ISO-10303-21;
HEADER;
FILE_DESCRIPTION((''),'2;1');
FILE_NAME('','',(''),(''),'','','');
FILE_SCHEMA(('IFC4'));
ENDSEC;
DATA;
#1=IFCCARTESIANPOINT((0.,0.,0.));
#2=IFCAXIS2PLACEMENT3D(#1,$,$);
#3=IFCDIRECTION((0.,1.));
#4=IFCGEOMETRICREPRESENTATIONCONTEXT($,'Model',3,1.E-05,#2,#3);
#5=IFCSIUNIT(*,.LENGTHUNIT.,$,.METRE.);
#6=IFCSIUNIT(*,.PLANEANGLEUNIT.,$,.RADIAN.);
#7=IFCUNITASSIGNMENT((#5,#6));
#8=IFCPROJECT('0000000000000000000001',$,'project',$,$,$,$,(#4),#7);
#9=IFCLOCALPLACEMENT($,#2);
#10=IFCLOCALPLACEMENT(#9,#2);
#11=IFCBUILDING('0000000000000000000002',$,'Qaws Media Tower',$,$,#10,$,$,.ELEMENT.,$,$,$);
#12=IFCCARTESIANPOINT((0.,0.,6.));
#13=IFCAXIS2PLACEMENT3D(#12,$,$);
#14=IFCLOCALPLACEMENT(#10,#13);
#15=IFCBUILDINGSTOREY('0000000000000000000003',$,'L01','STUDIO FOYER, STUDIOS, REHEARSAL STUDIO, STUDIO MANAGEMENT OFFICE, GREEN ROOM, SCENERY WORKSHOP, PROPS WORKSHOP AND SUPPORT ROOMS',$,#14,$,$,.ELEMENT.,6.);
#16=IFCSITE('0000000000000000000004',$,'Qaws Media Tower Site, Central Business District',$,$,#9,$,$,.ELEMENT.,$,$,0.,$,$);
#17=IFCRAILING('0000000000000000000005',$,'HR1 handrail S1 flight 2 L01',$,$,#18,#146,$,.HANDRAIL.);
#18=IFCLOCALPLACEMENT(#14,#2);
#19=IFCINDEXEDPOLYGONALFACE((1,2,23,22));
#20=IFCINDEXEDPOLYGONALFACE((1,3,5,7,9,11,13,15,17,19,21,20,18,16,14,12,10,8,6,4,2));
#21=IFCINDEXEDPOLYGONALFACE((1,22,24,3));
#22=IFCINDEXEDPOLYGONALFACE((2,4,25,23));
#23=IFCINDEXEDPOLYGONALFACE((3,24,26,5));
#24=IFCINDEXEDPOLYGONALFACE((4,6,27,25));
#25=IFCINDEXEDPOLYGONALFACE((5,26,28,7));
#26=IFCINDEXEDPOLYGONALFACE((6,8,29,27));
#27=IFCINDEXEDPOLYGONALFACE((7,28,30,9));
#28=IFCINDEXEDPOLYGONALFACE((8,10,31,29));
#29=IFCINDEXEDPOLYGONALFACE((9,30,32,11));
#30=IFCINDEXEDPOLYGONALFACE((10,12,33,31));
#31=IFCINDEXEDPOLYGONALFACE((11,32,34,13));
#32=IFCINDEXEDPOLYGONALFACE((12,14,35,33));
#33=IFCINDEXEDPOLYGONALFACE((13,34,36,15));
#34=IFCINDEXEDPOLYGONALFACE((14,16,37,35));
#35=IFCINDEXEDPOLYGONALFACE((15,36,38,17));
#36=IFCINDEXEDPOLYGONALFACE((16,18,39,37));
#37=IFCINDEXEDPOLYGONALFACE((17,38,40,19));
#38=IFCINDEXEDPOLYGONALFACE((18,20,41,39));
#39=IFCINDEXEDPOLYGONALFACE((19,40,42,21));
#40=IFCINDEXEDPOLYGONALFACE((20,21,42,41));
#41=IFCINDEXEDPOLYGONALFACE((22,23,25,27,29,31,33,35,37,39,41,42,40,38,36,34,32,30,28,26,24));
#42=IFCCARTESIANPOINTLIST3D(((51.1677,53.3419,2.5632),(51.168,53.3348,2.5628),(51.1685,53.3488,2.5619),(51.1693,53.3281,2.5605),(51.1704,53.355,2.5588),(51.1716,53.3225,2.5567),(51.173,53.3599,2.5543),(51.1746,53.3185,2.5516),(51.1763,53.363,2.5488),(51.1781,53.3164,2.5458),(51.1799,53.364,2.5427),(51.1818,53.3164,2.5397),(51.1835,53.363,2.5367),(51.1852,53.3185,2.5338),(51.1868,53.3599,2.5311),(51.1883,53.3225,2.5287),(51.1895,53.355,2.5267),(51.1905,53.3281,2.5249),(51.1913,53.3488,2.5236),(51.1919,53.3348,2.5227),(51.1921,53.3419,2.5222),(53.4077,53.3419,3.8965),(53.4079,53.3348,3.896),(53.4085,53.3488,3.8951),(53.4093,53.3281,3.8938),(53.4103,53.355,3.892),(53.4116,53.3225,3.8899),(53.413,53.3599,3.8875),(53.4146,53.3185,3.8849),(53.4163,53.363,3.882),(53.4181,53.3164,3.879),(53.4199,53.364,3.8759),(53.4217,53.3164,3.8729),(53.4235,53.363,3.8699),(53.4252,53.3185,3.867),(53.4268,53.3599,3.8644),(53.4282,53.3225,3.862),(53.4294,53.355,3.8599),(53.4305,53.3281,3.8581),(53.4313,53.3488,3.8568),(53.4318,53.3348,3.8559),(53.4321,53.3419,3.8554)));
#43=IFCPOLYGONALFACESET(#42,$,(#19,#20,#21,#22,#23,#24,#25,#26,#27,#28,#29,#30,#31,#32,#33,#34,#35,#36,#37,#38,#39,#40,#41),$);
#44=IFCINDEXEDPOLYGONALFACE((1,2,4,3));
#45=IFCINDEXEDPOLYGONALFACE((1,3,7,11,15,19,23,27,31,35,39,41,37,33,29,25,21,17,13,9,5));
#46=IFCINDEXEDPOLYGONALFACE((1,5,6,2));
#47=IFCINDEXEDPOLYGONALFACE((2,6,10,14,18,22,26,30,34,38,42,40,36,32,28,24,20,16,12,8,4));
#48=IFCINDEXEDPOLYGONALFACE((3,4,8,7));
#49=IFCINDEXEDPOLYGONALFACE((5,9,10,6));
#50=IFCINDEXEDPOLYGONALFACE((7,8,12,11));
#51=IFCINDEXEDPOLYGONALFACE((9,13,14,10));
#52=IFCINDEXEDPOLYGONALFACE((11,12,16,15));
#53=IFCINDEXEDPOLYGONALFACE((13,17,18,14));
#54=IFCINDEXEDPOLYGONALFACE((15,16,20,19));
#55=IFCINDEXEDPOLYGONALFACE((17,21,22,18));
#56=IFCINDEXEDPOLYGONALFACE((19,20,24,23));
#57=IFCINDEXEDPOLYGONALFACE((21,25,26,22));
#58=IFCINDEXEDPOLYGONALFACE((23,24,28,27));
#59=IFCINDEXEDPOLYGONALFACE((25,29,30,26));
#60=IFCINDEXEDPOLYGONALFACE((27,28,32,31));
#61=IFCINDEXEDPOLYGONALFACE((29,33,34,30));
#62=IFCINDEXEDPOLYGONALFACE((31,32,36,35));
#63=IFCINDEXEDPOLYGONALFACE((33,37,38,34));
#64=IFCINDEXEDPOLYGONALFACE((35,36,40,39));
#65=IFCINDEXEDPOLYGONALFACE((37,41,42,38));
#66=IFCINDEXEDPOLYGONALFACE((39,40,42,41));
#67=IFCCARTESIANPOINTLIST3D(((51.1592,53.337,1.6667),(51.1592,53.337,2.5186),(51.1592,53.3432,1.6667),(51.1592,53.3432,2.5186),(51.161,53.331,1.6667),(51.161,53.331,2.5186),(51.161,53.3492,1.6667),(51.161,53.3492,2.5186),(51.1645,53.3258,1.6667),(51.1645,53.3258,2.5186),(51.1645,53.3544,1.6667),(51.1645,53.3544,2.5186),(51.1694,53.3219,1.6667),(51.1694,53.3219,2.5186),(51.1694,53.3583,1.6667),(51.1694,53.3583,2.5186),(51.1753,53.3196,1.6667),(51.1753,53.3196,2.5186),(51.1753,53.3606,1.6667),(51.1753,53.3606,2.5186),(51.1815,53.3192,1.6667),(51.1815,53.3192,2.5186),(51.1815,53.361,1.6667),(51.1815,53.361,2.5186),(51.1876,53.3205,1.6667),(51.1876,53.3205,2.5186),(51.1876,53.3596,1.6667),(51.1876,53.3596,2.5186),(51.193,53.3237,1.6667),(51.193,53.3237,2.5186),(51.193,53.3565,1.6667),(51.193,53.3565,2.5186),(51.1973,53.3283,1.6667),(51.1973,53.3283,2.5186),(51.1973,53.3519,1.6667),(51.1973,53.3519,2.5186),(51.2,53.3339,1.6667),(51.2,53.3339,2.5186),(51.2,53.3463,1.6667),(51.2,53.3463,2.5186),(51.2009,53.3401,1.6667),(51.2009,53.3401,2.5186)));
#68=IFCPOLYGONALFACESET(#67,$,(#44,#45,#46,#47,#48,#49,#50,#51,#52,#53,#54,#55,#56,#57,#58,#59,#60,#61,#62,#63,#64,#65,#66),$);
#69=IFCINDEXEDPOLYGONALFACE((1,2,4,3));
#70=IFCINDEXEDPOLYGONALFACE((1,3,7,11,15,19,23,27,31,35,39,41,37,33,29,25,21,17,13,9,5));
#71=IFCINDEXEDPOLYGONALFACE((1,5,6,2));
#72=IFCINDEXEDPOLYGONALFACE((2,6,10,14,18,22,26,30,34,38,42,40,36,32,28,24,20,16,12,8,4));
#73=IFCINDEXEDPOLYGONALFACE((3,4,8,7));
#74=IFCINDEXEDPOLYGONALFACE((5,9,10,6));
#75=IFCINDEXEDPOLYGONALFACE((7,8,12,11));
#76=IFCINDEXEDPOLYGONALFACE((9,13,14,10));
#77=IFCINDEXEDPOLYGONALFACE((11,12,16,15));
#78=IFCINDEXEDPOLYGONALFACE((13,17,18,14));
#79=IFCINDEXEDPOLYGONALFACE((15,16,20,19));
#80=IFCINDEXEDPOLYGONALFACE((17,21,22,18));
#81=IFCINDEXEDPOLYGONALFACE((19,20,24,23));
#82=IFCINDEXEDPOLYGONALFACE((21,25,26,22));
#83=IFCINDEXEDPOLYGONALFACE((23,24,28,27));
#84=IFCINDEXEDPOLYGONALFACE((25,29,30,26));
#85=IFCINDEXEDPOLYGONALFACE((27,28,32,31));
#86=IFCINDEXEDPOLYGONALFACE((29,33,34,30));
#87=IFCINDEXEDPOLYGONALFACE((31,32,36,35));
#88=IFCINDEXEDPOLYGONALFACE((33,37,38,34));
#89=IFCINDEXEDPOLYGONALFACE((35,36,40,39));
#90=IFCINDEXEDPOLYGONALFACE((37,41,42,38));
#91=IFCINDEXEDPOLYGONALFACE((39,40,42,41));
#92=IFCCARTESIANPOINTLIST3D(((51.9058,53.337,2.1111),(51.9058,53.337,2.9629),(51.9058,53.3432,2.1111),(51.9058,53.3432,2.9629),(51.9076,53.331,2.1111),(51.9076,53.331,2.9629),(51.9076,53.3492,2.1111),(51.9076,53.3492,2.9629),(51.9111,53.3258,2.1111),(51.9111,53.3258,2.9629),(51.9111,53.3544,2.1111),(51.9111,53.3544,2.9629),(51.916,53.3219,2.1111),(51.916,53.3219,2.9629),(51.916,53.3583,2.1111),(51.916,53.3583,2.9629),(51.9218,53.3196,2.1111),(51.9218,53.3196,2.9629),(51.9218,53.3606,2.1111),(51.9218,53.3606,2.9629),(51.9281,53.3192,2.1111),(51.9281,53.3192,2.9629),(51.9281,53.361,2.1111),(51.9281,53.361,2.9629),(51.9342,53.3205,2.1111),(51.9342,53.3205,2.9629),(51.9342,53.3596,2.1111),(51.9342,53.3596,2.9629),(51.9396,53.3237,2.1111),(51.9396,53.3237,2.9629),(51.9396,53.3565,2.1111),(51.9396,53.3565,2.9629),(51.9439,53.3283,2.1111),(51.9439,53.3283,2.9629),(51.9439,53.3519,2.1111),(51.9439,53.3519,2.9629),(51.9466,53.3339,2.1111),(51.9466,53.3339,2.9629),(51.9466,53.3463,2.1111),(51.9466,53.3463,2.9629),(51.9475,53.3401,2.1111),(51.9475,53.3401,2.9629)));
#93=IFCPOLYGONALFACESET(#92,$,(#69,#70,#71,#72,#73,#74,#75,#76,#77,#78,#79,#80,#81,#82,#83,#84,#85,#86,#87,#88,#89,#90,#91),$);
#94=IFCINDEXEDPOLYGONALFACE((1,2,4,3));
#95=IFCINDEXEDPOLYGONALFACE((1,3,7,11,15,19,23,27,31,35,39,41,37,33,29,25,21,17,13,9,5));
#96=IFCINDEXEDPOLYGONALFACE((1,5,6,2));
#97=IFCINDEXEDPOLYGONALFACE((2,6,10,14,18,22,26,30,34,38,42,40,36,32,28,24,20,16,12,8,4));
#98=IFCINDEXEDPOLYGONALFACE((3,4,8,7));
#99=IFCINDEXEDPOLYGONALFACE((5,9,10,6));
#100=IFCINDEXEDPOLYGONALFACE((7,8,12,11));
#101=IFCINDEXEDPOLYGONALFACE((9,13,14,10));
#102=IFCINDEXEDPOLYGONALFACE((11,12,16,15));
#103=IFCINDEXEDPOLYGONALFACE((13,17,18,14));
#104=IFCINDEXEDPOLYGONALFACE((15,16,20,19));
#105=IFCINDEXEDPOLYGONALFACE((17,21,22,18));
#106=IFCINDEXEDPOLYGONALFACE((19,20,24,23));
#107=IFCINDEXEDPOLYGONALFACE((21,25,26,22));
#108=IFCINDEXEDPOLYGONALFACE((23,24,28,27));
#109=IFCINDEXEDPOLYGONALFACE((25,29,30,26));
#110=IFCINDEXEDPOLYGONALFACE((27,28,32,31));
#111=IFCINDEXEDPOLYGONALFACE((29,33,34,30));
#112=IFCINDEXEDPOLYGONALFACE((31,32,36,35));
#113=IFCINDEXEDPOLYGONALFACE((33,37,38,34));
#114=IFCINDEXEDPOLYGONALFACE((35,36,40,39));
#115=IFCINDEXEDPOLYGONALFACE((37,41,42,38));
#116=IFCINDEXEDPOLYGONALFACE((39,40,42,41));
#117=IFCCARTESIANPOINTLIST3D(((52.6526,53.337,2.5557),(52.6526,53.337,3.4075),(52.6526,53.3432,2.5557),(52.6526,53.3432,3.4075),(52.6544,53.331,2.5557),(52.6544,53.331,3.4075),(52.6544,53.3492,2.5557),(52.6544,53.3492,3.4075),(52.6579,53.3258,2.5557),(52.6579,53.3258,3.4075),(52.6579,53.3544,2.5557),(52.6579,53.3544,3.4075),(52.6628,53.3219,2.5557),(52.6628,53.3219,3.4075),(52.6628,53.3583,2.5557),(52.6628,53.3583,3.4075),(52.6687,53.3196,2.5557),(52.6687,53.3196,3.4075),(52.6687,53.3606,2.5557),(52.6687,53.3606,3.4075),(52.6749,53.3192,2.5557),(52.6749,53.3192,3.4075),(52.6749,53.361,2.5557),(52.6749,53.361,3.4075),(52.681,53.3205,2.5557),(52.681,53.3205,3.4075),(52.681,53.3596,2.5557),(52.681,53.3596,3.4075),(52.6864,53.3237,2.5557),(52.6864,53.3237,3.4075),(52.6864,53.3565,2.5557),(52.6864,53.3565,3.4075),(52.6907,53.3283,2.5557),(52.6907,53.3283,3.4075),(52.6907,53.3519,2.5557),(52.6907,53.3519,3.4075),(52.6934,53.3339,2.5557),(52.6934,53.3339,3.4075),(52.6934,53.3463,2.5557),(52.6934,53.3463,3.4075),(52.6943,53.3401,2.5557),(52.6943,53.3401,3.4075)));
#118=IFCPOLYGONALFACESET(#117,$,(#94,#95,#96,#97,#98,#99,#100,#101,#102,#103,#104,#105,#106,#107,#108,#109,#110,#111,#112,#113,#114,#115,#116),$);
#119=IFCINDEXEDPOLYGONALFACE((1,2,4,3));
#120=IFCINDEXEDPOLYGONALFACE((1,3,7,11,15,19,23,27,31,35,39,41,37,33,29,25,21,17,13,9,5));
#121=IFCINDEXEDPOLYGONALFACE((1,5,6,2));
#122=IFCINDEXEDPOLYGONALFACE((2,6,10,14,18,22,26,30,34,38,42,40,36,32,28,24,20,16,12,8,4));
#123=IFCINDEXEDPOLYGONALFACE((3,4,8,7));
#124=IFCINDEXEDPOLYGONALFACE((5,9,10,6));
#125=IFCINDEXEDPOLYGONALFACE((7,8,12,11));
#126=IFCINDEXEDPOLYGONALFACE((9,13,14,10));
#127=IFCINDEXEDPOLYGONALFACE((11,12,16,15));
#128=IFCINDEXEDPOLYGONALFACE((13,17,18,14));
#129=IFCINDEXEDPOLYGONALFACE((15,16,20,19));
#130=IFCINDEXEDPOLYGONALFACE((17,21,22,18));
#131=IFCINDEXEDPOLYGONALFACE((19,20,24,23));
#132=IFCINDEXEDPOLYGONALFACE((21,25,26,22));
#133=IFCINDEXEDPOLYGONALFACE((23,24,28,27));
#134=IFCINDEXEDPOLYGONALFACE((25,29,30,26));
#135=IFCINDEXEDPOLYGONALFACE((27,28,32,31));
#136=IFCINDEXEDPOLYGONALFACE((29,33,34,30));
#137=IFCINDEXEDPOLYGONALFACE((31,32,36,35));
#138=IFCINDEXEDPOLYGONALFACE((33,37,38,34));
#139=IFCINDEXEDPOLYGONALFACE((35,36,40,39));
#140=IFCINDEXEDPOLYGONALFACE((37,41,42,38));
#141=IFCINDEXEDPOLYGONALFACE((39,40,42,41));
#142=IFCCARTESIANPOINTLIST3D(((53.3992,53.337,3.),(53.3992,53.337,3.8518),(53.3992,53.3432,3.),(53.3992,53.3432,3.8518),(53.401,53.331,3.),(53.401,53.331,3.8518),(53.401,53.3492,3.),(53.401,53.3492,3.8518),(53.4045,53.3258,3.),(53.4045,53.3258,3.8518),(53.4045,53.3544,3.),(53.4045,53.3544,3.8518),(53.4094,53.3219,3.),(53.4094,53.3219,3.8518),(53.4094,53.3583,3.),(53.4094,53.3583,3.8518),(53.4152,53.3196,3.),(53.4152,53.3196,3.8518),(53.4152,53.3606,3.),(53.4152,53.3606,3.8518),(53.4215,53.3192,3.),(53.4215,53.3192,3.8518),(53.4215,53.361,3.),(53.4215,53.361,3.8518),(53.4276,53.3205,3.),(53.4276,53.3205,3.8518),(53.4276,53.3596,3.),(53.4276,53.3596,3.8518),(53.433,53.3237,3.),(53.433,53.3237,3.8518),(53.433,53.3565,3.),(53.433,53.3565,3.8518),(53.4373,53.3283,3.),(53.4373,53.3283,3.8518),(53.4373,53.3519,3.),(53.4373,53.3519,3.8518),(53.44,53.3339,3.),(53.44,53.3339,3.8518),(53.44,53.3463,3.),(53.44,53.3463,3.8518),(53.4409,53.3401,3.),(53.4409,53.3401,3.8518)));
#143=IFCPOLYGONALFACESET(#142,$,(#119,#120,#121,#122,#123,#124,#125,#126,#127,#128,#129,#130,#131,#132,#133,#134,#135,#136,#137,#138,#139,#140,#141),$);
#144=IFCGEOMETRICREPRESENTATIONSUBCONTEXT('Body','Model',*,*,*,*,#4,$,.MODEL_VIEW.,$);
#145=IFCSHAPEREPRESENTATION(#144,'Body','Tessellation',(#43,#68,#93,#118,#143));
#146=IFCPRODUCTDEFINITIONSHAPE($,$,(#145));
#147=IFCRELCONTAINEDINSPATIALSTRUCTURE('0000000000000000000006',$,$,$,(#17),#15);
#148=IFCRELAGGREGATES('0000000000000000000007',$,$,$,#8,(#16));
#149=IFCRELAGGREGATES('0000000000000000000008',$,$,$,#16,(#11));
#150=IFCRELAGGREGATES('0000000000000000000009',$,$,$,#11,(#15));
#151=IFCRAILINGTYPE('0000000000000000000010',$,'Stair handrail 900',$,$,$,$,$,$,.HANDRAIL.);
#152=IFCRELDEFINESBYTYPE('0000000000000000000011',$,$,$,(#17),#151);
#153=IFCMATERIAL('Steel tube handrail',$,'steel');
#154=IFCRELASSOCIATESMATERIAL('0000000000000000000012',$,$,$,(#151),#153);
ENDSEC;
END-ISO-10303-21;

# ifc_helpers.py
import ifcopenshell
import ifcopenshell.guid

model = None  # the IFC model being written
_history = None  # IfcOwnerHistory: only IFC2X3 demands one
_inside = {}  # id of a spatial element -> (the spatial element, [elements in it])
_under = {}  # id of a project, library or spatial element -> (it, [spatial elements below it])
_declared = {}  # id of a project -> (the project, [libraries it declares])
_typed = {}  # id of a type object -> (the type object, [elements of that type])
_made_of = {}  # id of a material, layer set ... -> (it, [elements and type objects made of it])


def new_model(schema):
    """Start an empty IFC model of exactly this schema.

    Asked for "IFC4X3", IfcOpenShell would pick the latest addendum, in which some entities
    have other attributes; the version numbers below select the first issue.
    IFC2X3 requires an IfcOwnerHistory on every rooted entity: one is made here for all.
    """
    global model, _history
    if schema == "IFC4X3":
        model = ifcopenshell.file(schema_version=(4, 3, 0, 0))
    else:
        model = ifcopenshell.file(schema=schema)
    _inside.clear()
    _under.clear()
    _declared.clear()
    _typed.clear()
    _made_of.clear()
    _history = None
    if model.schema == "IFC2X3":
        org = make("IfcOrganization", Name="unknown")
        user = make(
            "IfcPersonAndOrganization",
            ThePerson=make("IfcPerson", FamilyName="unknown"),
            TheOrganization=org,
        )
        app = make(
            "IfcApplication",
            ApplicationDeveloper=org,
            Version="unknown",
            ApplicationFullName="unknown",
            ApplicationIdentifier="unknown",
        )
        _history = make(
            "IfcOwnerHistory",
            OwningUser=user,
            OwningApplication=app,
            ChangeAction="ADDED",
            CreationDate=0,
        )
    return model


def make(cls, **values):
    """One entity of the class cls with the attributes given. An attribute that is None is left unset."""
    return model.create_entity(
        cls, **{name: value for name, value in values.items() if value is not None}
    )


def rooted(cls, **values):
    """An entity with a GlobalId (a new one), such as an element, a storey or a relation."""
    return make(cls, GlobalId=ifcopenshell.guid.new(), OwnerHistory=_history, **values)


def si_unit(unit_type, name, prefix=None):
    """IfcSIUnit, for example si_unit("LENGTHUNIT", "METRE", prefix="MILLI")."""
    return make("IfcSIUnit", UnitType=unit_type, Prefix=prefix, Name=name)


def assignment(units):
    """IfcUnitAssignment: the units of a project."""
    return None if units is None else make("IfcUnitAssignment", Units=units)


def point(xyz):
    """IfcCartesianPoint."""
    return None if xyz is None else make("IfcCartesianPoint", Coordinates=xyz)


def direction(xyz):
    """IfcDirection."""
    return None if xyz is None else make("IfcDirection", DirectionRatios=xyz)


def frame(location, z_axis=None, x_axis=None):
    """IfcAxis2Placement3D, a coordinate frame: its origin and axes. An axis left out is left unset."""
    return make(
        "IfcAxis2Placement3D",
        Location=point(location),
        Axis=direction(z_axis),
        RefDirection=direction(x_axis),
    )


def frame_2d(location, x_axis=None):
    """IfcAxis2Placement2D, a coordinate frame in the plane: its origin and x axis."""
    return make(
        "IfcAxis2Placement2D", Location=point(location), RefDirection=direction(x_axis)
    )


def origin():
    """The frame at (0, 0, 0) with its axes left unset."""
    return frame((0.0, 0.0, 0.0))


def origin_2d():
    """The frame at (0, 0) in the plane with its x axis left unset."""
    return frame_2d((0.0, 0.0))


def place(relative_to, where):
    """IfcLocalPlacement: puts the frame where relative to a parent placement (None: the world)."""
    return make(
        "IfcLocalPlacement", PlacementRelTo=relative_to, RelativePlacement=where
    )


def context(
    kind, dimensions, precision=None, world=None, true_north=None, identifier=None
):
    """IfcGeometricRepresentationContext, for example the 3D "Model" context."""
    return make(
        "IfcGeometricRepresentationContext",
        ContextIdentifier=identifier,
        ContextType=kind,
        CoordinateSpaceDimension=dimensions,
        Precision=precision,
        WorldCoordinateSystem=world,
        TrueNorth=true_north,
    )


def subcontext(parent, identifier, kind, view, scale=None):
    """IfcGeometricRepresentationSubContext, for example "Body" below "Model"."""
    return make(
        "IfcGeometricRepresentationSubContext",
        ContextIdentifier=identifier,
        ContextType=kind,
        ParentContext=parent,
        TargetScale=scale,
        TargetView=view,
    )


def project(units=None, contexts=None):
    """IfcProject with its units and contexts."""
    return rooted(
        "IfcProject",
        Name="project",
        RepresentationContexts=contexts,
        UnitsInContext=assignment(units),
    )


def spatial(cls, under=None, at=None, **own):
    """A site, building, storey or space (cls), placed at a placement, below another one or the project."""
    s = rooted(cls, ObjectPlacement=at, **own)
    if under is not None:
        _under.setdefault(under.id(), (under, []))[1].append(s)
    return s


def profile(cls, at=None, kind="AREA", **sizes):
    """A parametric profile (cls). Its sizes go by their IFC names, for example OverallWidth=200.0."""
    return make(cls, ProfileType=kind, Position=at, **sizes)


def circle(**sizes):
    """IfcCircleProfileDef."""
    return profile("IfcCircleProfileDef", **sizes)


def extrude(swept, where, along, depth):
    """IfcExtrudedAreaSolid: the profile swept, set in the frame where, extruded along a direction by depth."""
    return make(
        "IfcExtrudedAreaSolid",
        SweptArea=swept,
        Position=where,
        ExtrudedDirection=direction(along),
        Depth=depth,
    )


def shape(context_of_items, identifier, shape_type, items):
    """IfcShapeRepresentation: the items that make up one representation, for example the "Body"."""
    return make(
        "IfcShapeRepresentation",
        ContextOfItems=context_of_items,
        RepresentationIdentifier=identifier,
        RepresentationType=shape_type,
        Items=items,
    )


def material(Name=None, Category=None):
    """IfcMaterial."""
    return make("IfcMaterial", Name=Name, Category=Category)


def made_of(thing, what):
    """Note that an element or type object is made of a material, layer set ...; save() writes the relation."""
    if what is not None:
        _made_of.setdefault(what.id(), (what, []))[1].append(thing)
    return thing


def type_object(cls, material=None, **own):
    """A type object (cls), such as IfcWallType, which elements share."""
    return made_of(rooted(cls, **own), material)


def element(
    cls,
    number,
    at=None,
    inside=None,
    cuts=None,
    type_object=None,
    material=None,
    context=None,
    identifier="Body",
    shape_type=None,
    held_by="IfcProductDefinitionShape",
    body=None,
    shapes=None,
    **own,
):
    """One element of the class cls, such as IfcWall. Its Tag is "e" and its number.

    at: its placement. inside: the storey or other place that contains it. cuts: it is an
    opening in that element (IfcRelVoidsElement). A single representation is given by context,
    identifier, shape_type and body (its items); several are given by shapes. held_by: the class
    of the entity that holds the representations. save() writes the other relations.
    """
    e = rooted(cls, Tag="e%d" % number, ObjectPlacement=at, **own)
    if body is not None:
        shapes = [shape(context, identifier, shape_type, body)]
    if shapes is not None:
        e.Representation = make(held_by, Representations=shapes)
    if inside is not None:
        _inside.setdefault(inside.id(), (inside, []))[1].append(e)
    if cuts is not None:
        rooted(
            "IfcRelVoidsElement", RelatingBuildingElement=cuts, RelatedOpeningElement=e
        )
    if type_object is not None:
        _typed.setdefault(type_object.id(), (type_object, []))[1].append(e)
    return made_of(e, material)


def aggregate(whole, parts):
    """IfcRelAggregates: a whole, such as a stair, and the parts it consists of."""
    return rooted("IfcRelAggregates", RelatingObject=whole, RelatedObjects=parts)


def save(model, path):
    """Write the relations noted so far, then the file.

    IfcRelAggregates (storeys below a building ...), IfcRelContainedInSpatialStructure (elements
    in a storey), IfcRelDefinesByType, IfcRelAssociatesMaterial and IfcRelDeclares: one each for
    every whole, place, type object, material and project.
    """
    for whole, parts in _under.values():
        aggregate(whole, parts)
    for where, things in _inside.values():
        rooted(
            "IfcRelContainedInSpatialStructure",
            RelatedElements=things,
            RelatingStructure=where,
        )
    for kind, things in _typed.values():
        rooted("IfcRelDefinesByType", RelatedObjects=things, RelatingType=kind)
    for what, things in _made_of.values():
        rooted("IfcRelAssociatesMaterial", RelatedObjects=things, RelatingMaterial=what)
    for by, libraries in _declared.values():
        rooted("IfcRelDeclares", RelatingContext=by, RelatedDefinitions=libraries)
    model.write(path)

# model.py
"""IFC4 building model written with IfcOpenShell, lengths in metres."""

from ifc_helpers import new_model, si_unit, direction, frame, origin, origin_2d, place, context, subcontext, project, spatial, circle, extrude, material, type_object, element, save


model = new_model("IFC4")

# Units and contexts
model_context = context("Model", 3, precision=1e-05, world=origin(), true_north=direction((0.0, 1.0)))
body_context = subcontext(model_context, "Body", "Model", "MODEL_VIEW")
ifc_project = project(units=[si_unit("LENGTHUNIT", "METRE"), si_unit("PLANEANGLEUNIT", "RADIAN")], contexts=[model_context])

# Site, building, storey
site_placement = place(None, origin())
site = spatial("IfcSite", under=ifc_project, at=site_placement, Name="Qaws Media Tower Site, Central Business District", CompositionType="ELEMENT", RefElevation=0.0)
building_placement = place(site_placement, origin())
building = spatial("IfcBuilding", under=site, at=building_placement, Name="Qaws Media Tower", CompositionType="ELEMENT")
storey_placement = place(building_placement, frame((0.0, 0.0, 6.0)))
storey = spatial("IfcBuildingStorey", under=building, at=storey_placement, Name="L01", Description="STUDIO FOYER, STUDIOS, REHEARSAL STUDIO, STUDIO MANAGEMENT OFFICE, GREEN ROOM, SCENERY WORKSHOP, PROPS WORKSHOP AND SUPPORT ROOMS", CompositionType="ELEMENT", Elevation=6.0)

# Railing
ifc_material_1 = material(Name="Steel tube handrail", Category="steel")
railing_type = type_object("IfcRailingType", Name="Stair handrail 900", PredefinedType="HANDRAIL", material=ifc_material_1)
for number, where, name in (
    (1, (51.1799, 53.3401, 1.6667), "HR1 handrail S1 flight 2 L01"),
):
    element("IfcRailing", number, at=place(storey_placement, frame(where)), inside=storey, type_object=railing_type, Name=name, PredefinedType="HANDRAIL", context=body_context, shape_type="SweptSolid", body=[
        extrude(circle(Radius=0.0239, at=origin_2d()), frame((0.0, 0.0, 0.876), z_axis=(0.859306, 0.0, 0.511462), x_axis=(0.0, 1.0, 0.0)), (0.0, 0.0, 1.0), 2.6067),
        extrude(circle(Radius=0.021, at=origin_2d()), origin(), (0.0, 0.0, 1.0), 0.8518),
        extrude(circle(Radius=0.021, at=origin_2d()), frame((0.7466, 0.0, 0.4443)), (0.0, 0.0, 1.0), 0.8518),
        extrude(circle(Radius=0.021, at=origin_2d()), frame((1.4934, 0.0, 0.8889)), (0.0, 0.0, 1.0), 0.8518),
        extrude(circle(Radius=0.021, at=origin_2d()), frame((2.24, 0.0, 1.3333)), (0.0, 0.0, 1.0), 0.8518),
    ])

save(model, "model.ifc")
